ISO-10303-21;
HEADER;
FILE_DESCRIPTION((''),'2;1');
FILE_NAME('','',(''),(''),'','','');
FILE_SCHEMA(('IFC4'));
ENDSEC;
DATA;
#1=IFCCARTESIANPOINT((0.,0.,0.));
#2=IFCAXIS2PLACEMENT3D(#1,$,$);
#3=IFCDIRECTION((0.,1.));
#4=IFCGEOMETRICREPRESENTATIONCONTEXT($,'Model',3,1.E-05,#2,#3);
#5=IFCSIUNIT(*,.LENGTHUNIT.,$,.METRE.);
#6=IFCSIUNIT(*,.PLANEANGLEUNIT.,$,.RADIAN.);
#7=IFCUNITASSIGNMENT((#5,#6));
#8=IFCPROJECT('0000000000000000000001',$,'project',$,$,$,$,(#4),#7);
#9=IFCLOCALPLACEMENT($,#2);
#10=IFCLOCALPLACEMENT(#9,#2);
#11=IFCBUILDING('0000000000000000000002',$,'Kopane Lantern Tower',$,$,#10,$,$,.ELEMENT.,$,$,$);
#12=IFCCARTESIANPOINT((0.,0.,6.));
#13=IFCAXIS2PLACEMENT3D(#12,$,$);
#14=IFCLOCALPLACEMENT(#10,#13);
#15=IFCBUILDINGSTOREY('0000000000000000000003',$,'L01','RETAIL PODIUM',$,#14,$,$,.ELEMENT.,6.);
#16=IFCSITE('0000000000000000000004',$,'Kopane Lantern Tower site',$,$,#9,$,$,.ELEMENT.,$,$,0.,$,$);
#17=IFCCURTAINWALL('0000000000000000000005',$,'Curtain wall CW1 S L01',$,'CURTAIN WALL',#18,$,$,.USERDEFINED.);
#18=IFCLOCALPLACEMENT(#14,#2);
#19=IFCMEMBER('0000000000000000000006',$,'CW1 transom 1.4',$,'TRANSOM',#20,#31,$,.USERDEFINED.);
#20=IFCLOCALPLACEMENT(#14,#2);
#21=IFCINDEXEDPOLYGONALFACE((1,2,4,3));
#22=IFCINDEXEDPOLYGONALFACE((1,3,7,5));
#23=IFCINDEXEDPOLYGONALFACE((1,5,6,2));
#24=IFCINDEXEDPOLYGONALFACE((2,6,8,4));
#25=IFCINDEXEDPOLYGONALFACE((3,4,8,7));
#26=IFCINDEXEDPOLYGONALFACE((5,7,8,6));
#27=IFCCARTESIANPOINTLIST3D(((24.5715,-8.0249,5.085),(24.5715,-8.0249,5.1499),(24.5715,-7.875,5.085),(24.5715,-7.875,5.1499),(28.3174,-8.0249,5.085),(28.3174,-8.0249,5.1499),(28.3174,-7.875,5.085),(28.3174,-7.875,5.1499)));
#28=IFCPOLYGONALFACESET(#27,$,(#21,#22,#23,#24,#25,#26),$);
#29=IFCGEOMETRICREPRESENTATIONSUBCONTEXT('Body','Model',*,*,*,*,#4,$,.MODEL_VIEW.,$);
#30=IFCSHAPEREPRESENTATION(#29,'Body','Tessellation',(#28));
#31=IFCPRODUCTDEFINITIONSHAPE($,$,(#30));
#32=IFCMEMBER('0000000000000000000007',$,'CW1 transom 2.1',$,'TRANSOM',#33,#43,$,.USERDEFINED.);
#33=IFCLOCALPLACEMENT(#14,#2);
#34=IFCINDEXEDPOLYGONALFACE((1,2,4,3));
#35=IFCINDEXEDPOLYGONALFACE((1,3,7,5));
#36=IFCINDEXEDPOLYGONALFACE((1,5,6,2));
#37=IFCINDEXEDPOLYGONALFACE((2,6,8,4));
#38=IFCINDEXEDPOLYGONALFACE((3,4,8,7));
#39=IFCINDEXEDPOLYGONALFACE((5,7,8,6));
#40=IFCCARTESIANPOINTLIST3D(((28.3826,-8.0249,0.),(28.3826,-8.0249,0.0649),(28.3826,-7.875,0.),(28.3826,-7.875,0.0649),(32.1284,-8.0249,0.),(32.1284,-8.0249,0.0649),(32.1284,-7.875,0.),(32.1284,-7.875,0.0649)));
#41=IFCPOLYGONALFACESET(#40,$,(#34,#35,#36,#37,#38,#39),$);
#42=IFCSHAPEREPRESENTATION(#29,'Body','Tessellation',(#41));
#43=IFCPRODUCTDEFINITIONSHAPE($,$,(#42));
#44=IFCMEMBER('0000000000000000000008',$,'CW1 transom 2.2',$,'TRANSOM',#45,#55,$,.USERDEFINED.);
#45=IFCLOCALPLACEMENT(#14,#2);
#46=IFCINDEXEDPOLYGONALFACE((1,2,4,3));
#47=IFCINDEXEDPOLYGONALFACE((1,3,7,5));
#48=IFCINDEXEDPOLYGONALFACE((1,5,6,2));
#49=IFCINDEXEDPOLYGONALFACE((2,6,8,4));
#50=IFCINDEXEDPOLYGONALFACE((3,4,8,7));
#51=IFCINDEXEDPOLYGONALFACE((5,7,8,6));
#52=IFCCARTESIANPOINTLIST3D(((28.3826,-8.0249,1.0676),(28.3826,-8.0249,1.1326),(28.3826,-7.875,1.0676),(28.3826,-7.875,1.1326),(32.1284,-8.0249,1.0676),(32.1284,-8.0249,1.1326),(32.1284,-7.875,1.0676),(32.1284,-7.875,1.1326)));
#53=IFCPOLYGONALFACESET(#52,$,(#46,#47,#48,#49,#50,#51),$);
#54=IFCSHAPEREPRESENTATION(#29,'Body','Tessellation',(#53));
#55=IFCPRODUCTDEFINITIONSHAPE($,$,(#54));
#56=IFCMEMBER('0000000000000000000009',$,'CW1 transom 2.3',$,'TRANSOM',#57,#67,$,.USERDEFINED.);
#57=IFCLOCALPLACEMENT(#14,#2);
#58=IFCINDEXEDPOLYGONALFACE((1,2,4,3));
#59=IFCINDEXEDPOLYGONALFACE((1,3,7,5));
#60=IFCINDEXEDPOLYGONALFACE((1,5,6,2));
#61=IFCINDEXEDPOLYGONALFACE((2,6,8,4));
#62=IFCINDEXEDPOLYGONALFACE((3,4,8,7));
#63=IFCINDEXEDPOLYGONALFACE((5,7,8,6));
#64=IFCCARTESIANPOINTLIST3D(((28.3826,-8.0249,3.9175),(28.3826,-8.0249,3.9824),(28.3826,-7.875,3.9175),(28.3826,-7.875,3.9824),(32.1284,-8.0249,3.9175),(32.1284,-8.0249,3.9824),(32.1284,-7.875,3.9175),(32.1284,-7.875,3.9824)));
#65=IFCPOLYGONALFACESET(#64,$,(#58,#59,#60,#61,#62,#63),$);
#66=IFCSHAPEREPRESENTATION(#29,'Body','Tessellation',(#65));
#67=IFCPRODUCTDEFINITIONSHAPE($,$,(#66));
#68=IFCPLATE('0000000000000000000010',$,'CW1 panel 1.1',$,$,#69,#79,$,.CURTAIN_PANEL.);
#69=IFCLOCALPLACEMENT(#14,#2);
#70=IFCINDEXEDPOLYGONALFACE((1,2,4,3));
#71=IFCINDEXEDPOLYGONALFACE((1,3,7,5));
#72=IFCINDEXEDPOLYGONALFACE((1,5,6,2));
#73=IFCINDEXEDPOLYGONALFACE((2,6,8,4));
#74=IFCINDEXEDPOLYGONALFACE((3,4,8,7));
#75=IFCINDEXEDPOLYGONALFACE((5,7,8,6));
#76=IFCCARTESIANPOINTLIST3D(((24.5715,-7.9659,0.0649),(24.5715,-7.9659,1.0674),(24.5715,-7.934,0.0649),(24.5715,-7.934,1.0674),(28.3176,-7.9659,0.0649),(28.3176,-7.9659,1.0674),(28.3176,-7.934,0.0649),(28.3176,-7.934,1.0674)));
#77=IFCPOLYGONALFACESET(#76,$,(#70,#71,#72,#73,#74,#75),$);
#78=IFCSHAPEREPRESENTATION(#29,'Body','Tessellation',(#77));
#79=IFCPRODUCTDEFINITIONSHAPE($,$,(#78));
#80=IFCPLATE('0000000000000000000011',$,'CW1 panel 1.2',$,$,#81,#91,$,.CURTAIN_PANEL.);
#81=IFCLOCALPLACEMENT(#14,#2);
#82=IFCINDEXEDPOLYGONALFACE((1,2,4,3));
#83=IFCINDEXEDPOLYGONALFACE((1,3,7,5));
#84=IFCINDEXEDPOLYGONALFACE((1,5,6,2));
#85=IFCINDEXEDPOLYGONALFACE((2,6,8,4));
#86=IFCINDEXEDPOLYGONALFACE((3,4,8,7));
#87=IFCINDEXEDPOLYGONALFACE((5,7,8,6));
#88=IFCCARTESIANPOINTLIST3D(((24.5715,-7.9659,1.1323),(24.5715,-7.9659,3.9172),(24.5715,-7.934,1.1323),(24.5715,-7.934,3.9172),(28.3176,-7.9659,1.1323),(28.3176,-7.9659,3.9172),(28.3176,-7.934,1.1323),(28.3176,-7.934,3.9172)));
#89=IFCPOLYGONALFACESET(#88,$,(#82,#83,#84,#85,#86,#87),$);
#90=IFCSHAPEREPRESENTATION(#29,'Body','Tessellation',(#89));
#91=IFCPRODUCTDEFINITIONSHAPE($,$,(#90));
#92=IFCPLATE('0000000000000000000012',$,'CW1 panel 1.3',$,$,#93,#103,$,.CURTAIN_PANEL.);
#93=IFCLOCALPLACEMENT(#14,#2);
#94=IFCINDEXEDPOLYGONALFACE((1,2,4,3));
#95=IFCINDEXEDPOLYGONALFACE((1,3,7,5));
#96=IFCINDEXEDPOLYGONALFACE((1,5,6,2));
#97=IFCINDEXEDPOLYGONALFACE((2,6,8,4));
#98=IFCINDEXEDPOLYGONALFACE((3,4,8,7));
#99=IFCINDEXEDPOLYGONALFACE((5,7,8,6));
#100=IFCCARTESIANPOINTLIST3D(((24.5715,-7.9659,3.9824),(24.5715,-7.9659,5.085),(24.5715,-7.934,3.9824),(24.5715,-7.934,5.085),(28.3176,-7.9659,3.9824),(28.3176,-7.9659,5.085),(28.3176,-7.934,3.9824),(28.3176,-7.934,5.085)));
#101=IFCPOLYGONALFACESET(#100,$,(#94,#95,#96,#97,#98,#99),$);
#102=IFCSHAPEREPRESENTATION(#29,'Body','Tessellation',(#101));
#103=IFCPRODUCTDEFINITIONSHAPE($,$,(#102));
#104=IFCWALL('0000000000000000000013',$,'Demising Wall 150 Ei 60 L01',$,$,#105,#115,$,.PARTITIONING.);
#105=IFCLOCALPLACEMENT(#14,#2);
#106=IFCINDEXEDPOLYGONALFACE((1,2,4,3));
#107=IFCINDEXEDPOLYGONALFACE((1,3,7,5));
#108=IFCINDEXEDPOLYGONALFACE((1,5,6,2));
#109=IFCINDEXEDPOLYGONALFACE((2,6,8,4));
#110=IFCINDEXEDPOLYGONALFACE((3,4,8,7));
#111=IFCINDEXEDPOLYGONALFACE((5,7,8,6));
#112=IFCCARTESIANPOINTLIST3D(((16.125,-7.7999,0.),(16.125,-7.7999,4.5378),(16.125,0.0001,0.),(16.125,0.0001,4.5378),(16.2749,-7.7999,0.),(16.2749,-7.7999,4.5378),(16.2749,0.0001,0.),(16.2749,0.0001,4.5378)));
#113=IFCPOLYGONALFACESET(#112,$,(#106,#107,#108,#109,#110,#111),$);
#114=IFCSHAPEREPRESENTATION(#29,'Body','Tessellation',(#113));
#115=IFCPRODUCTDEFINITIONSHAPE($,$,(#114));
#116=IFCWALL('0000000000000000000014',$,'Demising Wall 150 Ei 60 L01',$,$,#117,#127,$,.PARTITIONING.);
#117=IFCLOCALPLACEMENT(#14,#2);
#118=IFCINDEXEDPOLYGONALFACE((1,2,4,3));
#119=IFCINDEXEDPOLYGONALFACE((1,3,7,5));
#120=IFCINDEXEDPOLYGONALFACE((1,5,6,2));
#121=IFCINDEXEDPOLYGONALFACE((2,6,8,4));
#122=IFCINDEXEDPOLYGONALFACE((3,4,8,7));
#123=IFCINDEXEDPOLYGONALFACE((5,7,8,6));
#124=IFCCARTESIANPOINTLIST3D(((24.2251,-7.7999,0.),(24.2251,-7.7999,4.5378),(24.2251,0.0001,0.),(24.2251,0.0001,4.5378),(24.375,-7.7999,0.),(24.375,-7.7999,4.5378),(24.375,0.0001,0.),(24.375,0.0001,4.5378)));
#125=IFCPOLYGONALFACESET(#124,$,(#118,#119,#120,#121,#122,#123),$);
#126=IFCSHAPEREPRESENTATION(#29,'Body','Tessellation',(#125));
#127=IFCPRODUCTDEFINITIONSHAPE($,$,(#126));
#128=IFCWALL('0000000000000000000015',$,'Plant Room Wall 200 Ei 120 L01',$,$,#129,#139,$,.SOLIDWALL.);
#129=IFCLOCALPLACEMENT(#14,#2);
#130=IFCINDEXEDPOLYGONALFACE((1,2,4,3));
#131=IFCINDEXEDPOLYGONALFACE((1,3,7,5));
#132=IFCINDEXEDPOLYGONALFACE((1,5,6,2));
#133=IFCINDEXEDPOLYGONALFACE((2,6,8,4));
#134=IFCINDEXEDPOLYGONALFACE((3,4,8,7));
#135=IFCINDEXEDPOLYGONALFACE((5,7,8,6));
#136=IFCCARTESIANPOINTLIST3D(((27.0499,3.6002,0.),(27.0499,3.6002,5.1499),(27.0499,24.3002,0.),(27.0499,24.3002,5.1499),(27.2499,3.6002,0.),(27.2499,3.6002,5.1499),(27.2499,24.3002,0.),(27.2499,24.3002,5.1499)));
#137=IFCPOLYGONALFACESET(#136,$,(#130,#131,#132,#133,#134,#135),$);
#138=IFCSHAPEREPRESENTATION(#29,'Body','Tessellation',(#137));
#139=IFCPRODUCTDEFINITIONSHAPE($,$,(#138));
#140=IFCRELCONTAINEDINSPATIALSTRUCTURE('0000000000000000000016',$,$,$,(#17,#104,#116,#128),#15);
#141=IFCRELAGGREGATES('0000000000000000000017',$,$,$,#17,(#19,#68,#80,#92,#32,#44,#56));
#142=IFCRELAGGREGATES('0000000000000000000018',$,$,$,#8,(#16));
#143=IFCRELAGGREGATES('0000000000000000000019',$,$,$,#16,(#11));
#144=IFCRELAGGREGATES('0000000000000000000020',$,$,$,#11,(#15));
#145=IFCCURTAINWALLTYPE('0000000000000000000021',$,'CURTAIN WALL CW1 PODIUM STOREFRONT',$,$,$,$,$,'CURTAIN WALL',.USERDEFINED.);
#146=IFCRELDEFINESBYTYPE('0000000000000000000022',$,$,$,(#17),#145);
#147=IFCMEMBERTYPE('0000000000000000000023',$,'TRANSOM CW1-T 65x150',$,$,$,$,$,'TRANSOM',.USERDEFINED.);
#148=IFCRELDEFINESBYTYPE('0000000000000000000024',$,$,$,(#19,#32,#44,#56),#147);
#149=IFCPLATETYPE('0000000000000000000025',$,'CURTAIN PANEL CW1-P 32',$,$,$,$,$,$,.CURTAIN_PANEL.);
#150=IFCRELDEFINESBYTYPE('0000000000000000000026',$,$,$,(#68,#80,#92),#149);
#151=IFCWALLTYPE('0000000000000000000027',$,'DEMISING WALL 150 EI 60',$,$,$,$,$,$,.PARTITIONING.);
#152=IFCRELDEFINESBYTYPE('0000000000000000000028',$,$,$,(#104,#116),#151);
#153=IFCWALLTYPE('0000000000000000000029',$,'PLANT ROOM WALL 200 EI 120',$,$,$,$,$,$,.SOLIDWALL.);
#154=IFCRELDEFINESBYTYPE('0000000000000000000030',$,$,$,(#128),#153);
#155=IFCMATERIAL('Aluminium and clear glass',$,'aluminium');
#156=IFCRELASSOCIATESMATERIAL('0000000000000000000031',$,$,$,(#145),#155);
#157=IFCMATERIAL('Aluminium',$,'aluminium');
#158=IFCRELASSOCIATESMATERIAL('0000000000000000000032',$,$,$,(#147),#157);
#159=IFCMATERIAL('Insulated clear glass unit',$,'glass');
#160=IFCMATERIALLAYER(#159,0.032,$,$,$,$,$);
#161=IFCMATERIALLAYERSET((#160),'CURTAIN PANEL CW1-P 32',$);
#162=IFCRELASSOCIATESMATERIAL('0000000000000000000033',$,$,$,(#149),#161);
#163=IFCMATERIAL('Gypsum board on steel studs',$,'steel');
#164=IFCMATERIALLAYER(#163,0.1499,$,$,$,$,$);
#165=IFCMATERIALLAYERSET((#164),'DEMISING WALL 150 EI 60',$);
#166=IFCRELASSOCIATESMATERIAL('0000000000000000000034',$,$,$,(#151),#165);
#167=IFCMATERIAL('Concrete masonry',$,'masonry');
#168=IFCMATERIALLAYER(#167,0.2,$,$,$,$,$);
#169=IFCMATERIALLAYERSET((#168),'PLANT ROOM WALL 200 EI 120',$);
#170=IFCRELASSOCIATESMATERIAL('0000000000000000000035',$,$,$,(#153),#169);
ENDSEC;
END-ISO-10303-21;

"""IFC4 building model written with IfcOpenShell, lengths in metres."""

from ifc_helpers import new_model, si_unit, direction, frame, frame_2d, origin, origin_2d, place, context, subcontext, project, spatial, rectangle, extrude, material, layer, layer_set, material_profile, profile_set, type_object, element, aggregate, save


model = new_model("IFC4")

# Units and contexts
model_context = context("Model", 3, precision=1e-05, world=origin(), true_north=direction((0.0, 1.0)))
body_context = subcontext(model_context, "Body", "Model", "MODEL_VIEW")
ifc_project = project(units=[si_unit("LENGTHUNIT", "METRE"), si_unit("PLANEANGLEUNIT", "RADIAN")], contexts=[model_context])

# Site, building, storey
site_placement = place(None, origin())
site = spatial("IfcSite", under=ifc_project, at=site_placement, Name="Kopane Lantern Tower site", CompositionType="ELEMENT", RefElevation=0.0)
building_placement = place(site_placement, origin())
building = spatial("IfcBuilding", under=site, at=building_placement, Name="Kopane Lantern Tower", CompositionType="ELEMENT")
storey_placement = place(building_placement, frame((0.0, 0.0, 6.0)))
storey = spatial("IfcBuildingStorey", under=building, at=storey_placement, Name="L01", Description="RETAIL PODIUM", CompositionType="ELEMENT", Elevation=6.0)

# Curtain wall, members, plates
ifc_material_1 = material(Name="Aluminium and clear glass", Category="aluminium")
curtain_wall_type = type_object("IfcCurtainWallType", Name="CURTAIN WALL CW1 PODIUM STOREFRONT", ElementType="CURTAIN WALL", PredefinedType="USERDEFINED", material=ifc_material_1)
curtain_wall_placement = place(storey_placement, origin())
curtain_wall = element("IfcCurtainWall", 1, at=curtain_wall_placement, inside=storey, type_object=curtain_wall_type, Name="Curtain wall CW1 S L01", ObjectType="CURTAIN WALL", PredefinedType="USERDEFINED")
ifc_material_2 = material(Name="Aluminium", Category="aluminium")
ifc_material_profile_1 = material_profile(ifc_material_2, rectangle(XDim=0.1499, YDim=0.0649, at=origin_2d()), Name="AL 150x65")
ifc_profile_set_1 = profile_set([ifc_material_profile_1], Name="Aluminium")
member_type_1 = type_object("IfcMemberType", Name="TRANSOM CW1-T 65x150", ElementType="TRANSOM", PredefinedType="USERDEFINED", material=ifc_profile_set_1)
member_1_placement = place(storey_placement, frame((24.5715, -7.95, 5.1174), z_axis=(1.0, 0.0, 0.0), x_axis=(0.0, 1.0, 0.0)))
member_1 = element("IfcMember", 2, at=member_1_placement, type_object=member_type_1, Name="CW1 transom 1.4", ObjectType="TRANSOM", PredefinedType="USERDEFINED", context=body_context, shape_type="SweptSolid", body=[
    extrude(rectangle(XDim=0.1499, YDim=0.0649, at=origin_2d()), origin(), (0.0, 0.0, 1.0), 3.7458),
])
member_2_placement = place(storey_placement, frame((28.3826, -7.95, 0.0325), z_axis=(1.0, 0.0, 0.0), x_axis=(0.0, 1.0, 0.0)))
member_2 = element("IfcMember", 3, at=member_2_placement, type_object=member_type_1, Name="CW1 transom 2.1", ObjectType="TRANSOM", PredefinedType="USERDEFINED", context=body_context, shape_type="SweptSolid", body=[
    extrude(rectangle(XDim=0.1499, YDim=0.0649, at=origin_2d()), origin(), (0.0, 0.0, 1.0), 3.7458),
])
member_3_placement = place(storey_placement, frame((28.3826, -7.95, 1.1001), z_axis=(1.0, 0.0, 0.0), x_axis=(0.0, 1.0, 0.0)))
member_3 = element("IfcMember", 4, at=member_3_placement, type_object=member_type_1, Name="CW1 transom 2.2", ObjectType="TRANSOM", PredefinedType="USERDEFINED", context=body_context, shape_type="SweptSolid", body=[
    extrude(rectangle(XDim=0.1499, YDim=0.0649, at=origin_2d()), origin(), (0.0, 0.0, 1.0), 3.7458),
])
member_4_placement = place(storey_placement, frame((28.3826, -7.95, 3.95), z_axis=(1.0, 0.0, 0.0), x_axis=(0.0, 1.0, 0.0)))
member_4 = element("IfcMember", 5, at=member_4_placement, type_object=member_type_1, Name="CW1 transom 2.3", ObjectType="TRANSOM", PredefinedType="USERDEFINED", context=body_context, shape_type="SweptSolid", body=[
    extrude(rectangle(XDim=0.1499, YDim=0.0649, at=origin_2d()), origin(), (0.0, 0.0, 1.0), 3.7458),
])
ifc_material_3 = material(Name="Insulated clear glass unit", Category="glass")
ifc_layer_1 = layer(ifc_material_3, 0.032)
ifc_layer_set_1 = layer_set([ifc_layer_1], Name="CURTAIN PANEL CW1-P 32")
plate_type = type_object("IfcPlateType", Name="CURTAIN PANEL CW1-P 32", PredefinedType="CURTAIN_PANEL", material=ifc_layer_set_1)
plate_1_placement = place(storey_placement, frame((26.4446, -7.95, 0.0649), z_axis=(0.0, 0.0, 1.0), x_axis=(1.0, 0.0, 0.0)))
plate_1 = element("IfcPlate", 6, at=plate_1_placement, type_object=plate_type, Name="CW1 panel 1.1", PredefinedType="CURTAIN_PANEL", context=body_context, shape_type="SweptSolid", body=[
    extrude(rectangle(XDim=3.7461, YDim=0.032, at=origin_2d()), origin(), (0.0, 0.0, 1.0), 1.0024),
])
plate_2_placement = place(storey_placement, frame((26.4446, -7.95, 1.1323), z_axis=(0.0, 0.0, 1.0), x_axis=(1.0, 0.0, 0.0)))
plate_2 = element("IfcPlate", 7, at=plate_2_placement, type_object=plate_type, Name="CW1 panel 1.2", PredefinedType="CURTAIN_PANEL", context=body_context, shape_type="SweptSolid", body=[
    extrude(rectangle(XDim=3.7461, YDim=0.032, at=origin_2d()), origin(), (0.0, 0.0, 1.0), 2.7849),
])
plate_3_placement = place(storey_placement, frame((26.4446, -7.95, 3.9824), z_axis=(0.0, 0.0, 1.0), x_axis=(1.0, 0.0, 0.0)))
plate_3 = element("IfcPlate", 8, at=plate_3_placement, type_object=plate_type, Name="CW1 panel 1.3", PredefinedType="CURTAIN_PANEL", context=body_context, shape_type="SweptSolid", body=[
    extrude(rectangle(XDim=3.7461, YDim=0.032, at=origin_2d()), origin(), (0.0, 0.0, 1.0), 1.1025),
])
aggregate(curtain_wall, [member_1, plate_1, plate_2, plate_3, member_2, member_3, member_4])

# Walls
ifc_material_4 = material(Name="Gypsum board on steel studs", Category="steel")
ifc_layer_2 = layer(ifc_material_4, 0.1499)
ifc_layer_set_2 = layer_set([ifc_layer_2], Name="DEMISING WALL 150 EI 60")
wall_type_1 = type_object("IfcWallType", Name="DEMISING WALL 150 EI 60", PredefinedType="PARTITIONING", material=ifc_layer_set_2)
for number, where, z_axis, x_axis, name in (
    (9, (16.2, 0.0, 0.0), (0.0, 0.0, 1.0), (0.0, -1.0, 0.0), "Demising Wall 150 Ei 60 L01"),
    (10, (24.3, 0.0, 0.0), (0.0, 0.0, 1.0), (0.0, -1.0, 0.0), "Demising Wall 150 Ei 60 L01"),
):
    element("IfcWall", number, at=place(storey_placement, frame(where, z_axis=z_axis, x_axis=x_axis)), inside=storey, type_object=wall_type_1, Name=name, PredefinedType="PARTITIONING", context=body_context, shape_type="SweptSolid", body=[
        extrude(rectangle(XDim=7.8, YDim=0.1499, at=frame_2d((3.8999, 0.0))), origin(), (0.0, 0.0, 1.0), 4.5378),
    ])
ifc_material_5 = material(Name="Concrete masonry", Category="masonry")
ifc_layer_3 = layer(ifc_material_5, 0.2)
ifc_layer_set_3 = layer_set([ifc_layer_3], Name="PLANT ROOM WALL 200 EI 120")
wall_type_2 = type_object("IfcWallType", Name="PLANT ROOM WALL 200 EI 120", PredefinedType="SOLIDWALL", material=ifc_layer_set_3)
wall_placement = place(storey_placement, frame((27.1499, 3.6001, 0.0), z_axis=(0.0, 0.0, 1.0), x_axis=(0.0, 1.0, 0.0)))
element("IfcWall", 11, at=wall_placement, inside=storey, type_object=wall_type_2, Name="Plant Room Wall 200 Ei 120 L01", PredefinedType="SOLIDWALL", context=body_context, shape_type="SweptSolid", body=[
    extrude(rectangle(XDim=20.7, YDim=0.2, at=frame_2d((10.3501, 0.0))), origin(), (0.0, 0.0, 1.0), 5.1499),
])

save(model, "model.ifc")
